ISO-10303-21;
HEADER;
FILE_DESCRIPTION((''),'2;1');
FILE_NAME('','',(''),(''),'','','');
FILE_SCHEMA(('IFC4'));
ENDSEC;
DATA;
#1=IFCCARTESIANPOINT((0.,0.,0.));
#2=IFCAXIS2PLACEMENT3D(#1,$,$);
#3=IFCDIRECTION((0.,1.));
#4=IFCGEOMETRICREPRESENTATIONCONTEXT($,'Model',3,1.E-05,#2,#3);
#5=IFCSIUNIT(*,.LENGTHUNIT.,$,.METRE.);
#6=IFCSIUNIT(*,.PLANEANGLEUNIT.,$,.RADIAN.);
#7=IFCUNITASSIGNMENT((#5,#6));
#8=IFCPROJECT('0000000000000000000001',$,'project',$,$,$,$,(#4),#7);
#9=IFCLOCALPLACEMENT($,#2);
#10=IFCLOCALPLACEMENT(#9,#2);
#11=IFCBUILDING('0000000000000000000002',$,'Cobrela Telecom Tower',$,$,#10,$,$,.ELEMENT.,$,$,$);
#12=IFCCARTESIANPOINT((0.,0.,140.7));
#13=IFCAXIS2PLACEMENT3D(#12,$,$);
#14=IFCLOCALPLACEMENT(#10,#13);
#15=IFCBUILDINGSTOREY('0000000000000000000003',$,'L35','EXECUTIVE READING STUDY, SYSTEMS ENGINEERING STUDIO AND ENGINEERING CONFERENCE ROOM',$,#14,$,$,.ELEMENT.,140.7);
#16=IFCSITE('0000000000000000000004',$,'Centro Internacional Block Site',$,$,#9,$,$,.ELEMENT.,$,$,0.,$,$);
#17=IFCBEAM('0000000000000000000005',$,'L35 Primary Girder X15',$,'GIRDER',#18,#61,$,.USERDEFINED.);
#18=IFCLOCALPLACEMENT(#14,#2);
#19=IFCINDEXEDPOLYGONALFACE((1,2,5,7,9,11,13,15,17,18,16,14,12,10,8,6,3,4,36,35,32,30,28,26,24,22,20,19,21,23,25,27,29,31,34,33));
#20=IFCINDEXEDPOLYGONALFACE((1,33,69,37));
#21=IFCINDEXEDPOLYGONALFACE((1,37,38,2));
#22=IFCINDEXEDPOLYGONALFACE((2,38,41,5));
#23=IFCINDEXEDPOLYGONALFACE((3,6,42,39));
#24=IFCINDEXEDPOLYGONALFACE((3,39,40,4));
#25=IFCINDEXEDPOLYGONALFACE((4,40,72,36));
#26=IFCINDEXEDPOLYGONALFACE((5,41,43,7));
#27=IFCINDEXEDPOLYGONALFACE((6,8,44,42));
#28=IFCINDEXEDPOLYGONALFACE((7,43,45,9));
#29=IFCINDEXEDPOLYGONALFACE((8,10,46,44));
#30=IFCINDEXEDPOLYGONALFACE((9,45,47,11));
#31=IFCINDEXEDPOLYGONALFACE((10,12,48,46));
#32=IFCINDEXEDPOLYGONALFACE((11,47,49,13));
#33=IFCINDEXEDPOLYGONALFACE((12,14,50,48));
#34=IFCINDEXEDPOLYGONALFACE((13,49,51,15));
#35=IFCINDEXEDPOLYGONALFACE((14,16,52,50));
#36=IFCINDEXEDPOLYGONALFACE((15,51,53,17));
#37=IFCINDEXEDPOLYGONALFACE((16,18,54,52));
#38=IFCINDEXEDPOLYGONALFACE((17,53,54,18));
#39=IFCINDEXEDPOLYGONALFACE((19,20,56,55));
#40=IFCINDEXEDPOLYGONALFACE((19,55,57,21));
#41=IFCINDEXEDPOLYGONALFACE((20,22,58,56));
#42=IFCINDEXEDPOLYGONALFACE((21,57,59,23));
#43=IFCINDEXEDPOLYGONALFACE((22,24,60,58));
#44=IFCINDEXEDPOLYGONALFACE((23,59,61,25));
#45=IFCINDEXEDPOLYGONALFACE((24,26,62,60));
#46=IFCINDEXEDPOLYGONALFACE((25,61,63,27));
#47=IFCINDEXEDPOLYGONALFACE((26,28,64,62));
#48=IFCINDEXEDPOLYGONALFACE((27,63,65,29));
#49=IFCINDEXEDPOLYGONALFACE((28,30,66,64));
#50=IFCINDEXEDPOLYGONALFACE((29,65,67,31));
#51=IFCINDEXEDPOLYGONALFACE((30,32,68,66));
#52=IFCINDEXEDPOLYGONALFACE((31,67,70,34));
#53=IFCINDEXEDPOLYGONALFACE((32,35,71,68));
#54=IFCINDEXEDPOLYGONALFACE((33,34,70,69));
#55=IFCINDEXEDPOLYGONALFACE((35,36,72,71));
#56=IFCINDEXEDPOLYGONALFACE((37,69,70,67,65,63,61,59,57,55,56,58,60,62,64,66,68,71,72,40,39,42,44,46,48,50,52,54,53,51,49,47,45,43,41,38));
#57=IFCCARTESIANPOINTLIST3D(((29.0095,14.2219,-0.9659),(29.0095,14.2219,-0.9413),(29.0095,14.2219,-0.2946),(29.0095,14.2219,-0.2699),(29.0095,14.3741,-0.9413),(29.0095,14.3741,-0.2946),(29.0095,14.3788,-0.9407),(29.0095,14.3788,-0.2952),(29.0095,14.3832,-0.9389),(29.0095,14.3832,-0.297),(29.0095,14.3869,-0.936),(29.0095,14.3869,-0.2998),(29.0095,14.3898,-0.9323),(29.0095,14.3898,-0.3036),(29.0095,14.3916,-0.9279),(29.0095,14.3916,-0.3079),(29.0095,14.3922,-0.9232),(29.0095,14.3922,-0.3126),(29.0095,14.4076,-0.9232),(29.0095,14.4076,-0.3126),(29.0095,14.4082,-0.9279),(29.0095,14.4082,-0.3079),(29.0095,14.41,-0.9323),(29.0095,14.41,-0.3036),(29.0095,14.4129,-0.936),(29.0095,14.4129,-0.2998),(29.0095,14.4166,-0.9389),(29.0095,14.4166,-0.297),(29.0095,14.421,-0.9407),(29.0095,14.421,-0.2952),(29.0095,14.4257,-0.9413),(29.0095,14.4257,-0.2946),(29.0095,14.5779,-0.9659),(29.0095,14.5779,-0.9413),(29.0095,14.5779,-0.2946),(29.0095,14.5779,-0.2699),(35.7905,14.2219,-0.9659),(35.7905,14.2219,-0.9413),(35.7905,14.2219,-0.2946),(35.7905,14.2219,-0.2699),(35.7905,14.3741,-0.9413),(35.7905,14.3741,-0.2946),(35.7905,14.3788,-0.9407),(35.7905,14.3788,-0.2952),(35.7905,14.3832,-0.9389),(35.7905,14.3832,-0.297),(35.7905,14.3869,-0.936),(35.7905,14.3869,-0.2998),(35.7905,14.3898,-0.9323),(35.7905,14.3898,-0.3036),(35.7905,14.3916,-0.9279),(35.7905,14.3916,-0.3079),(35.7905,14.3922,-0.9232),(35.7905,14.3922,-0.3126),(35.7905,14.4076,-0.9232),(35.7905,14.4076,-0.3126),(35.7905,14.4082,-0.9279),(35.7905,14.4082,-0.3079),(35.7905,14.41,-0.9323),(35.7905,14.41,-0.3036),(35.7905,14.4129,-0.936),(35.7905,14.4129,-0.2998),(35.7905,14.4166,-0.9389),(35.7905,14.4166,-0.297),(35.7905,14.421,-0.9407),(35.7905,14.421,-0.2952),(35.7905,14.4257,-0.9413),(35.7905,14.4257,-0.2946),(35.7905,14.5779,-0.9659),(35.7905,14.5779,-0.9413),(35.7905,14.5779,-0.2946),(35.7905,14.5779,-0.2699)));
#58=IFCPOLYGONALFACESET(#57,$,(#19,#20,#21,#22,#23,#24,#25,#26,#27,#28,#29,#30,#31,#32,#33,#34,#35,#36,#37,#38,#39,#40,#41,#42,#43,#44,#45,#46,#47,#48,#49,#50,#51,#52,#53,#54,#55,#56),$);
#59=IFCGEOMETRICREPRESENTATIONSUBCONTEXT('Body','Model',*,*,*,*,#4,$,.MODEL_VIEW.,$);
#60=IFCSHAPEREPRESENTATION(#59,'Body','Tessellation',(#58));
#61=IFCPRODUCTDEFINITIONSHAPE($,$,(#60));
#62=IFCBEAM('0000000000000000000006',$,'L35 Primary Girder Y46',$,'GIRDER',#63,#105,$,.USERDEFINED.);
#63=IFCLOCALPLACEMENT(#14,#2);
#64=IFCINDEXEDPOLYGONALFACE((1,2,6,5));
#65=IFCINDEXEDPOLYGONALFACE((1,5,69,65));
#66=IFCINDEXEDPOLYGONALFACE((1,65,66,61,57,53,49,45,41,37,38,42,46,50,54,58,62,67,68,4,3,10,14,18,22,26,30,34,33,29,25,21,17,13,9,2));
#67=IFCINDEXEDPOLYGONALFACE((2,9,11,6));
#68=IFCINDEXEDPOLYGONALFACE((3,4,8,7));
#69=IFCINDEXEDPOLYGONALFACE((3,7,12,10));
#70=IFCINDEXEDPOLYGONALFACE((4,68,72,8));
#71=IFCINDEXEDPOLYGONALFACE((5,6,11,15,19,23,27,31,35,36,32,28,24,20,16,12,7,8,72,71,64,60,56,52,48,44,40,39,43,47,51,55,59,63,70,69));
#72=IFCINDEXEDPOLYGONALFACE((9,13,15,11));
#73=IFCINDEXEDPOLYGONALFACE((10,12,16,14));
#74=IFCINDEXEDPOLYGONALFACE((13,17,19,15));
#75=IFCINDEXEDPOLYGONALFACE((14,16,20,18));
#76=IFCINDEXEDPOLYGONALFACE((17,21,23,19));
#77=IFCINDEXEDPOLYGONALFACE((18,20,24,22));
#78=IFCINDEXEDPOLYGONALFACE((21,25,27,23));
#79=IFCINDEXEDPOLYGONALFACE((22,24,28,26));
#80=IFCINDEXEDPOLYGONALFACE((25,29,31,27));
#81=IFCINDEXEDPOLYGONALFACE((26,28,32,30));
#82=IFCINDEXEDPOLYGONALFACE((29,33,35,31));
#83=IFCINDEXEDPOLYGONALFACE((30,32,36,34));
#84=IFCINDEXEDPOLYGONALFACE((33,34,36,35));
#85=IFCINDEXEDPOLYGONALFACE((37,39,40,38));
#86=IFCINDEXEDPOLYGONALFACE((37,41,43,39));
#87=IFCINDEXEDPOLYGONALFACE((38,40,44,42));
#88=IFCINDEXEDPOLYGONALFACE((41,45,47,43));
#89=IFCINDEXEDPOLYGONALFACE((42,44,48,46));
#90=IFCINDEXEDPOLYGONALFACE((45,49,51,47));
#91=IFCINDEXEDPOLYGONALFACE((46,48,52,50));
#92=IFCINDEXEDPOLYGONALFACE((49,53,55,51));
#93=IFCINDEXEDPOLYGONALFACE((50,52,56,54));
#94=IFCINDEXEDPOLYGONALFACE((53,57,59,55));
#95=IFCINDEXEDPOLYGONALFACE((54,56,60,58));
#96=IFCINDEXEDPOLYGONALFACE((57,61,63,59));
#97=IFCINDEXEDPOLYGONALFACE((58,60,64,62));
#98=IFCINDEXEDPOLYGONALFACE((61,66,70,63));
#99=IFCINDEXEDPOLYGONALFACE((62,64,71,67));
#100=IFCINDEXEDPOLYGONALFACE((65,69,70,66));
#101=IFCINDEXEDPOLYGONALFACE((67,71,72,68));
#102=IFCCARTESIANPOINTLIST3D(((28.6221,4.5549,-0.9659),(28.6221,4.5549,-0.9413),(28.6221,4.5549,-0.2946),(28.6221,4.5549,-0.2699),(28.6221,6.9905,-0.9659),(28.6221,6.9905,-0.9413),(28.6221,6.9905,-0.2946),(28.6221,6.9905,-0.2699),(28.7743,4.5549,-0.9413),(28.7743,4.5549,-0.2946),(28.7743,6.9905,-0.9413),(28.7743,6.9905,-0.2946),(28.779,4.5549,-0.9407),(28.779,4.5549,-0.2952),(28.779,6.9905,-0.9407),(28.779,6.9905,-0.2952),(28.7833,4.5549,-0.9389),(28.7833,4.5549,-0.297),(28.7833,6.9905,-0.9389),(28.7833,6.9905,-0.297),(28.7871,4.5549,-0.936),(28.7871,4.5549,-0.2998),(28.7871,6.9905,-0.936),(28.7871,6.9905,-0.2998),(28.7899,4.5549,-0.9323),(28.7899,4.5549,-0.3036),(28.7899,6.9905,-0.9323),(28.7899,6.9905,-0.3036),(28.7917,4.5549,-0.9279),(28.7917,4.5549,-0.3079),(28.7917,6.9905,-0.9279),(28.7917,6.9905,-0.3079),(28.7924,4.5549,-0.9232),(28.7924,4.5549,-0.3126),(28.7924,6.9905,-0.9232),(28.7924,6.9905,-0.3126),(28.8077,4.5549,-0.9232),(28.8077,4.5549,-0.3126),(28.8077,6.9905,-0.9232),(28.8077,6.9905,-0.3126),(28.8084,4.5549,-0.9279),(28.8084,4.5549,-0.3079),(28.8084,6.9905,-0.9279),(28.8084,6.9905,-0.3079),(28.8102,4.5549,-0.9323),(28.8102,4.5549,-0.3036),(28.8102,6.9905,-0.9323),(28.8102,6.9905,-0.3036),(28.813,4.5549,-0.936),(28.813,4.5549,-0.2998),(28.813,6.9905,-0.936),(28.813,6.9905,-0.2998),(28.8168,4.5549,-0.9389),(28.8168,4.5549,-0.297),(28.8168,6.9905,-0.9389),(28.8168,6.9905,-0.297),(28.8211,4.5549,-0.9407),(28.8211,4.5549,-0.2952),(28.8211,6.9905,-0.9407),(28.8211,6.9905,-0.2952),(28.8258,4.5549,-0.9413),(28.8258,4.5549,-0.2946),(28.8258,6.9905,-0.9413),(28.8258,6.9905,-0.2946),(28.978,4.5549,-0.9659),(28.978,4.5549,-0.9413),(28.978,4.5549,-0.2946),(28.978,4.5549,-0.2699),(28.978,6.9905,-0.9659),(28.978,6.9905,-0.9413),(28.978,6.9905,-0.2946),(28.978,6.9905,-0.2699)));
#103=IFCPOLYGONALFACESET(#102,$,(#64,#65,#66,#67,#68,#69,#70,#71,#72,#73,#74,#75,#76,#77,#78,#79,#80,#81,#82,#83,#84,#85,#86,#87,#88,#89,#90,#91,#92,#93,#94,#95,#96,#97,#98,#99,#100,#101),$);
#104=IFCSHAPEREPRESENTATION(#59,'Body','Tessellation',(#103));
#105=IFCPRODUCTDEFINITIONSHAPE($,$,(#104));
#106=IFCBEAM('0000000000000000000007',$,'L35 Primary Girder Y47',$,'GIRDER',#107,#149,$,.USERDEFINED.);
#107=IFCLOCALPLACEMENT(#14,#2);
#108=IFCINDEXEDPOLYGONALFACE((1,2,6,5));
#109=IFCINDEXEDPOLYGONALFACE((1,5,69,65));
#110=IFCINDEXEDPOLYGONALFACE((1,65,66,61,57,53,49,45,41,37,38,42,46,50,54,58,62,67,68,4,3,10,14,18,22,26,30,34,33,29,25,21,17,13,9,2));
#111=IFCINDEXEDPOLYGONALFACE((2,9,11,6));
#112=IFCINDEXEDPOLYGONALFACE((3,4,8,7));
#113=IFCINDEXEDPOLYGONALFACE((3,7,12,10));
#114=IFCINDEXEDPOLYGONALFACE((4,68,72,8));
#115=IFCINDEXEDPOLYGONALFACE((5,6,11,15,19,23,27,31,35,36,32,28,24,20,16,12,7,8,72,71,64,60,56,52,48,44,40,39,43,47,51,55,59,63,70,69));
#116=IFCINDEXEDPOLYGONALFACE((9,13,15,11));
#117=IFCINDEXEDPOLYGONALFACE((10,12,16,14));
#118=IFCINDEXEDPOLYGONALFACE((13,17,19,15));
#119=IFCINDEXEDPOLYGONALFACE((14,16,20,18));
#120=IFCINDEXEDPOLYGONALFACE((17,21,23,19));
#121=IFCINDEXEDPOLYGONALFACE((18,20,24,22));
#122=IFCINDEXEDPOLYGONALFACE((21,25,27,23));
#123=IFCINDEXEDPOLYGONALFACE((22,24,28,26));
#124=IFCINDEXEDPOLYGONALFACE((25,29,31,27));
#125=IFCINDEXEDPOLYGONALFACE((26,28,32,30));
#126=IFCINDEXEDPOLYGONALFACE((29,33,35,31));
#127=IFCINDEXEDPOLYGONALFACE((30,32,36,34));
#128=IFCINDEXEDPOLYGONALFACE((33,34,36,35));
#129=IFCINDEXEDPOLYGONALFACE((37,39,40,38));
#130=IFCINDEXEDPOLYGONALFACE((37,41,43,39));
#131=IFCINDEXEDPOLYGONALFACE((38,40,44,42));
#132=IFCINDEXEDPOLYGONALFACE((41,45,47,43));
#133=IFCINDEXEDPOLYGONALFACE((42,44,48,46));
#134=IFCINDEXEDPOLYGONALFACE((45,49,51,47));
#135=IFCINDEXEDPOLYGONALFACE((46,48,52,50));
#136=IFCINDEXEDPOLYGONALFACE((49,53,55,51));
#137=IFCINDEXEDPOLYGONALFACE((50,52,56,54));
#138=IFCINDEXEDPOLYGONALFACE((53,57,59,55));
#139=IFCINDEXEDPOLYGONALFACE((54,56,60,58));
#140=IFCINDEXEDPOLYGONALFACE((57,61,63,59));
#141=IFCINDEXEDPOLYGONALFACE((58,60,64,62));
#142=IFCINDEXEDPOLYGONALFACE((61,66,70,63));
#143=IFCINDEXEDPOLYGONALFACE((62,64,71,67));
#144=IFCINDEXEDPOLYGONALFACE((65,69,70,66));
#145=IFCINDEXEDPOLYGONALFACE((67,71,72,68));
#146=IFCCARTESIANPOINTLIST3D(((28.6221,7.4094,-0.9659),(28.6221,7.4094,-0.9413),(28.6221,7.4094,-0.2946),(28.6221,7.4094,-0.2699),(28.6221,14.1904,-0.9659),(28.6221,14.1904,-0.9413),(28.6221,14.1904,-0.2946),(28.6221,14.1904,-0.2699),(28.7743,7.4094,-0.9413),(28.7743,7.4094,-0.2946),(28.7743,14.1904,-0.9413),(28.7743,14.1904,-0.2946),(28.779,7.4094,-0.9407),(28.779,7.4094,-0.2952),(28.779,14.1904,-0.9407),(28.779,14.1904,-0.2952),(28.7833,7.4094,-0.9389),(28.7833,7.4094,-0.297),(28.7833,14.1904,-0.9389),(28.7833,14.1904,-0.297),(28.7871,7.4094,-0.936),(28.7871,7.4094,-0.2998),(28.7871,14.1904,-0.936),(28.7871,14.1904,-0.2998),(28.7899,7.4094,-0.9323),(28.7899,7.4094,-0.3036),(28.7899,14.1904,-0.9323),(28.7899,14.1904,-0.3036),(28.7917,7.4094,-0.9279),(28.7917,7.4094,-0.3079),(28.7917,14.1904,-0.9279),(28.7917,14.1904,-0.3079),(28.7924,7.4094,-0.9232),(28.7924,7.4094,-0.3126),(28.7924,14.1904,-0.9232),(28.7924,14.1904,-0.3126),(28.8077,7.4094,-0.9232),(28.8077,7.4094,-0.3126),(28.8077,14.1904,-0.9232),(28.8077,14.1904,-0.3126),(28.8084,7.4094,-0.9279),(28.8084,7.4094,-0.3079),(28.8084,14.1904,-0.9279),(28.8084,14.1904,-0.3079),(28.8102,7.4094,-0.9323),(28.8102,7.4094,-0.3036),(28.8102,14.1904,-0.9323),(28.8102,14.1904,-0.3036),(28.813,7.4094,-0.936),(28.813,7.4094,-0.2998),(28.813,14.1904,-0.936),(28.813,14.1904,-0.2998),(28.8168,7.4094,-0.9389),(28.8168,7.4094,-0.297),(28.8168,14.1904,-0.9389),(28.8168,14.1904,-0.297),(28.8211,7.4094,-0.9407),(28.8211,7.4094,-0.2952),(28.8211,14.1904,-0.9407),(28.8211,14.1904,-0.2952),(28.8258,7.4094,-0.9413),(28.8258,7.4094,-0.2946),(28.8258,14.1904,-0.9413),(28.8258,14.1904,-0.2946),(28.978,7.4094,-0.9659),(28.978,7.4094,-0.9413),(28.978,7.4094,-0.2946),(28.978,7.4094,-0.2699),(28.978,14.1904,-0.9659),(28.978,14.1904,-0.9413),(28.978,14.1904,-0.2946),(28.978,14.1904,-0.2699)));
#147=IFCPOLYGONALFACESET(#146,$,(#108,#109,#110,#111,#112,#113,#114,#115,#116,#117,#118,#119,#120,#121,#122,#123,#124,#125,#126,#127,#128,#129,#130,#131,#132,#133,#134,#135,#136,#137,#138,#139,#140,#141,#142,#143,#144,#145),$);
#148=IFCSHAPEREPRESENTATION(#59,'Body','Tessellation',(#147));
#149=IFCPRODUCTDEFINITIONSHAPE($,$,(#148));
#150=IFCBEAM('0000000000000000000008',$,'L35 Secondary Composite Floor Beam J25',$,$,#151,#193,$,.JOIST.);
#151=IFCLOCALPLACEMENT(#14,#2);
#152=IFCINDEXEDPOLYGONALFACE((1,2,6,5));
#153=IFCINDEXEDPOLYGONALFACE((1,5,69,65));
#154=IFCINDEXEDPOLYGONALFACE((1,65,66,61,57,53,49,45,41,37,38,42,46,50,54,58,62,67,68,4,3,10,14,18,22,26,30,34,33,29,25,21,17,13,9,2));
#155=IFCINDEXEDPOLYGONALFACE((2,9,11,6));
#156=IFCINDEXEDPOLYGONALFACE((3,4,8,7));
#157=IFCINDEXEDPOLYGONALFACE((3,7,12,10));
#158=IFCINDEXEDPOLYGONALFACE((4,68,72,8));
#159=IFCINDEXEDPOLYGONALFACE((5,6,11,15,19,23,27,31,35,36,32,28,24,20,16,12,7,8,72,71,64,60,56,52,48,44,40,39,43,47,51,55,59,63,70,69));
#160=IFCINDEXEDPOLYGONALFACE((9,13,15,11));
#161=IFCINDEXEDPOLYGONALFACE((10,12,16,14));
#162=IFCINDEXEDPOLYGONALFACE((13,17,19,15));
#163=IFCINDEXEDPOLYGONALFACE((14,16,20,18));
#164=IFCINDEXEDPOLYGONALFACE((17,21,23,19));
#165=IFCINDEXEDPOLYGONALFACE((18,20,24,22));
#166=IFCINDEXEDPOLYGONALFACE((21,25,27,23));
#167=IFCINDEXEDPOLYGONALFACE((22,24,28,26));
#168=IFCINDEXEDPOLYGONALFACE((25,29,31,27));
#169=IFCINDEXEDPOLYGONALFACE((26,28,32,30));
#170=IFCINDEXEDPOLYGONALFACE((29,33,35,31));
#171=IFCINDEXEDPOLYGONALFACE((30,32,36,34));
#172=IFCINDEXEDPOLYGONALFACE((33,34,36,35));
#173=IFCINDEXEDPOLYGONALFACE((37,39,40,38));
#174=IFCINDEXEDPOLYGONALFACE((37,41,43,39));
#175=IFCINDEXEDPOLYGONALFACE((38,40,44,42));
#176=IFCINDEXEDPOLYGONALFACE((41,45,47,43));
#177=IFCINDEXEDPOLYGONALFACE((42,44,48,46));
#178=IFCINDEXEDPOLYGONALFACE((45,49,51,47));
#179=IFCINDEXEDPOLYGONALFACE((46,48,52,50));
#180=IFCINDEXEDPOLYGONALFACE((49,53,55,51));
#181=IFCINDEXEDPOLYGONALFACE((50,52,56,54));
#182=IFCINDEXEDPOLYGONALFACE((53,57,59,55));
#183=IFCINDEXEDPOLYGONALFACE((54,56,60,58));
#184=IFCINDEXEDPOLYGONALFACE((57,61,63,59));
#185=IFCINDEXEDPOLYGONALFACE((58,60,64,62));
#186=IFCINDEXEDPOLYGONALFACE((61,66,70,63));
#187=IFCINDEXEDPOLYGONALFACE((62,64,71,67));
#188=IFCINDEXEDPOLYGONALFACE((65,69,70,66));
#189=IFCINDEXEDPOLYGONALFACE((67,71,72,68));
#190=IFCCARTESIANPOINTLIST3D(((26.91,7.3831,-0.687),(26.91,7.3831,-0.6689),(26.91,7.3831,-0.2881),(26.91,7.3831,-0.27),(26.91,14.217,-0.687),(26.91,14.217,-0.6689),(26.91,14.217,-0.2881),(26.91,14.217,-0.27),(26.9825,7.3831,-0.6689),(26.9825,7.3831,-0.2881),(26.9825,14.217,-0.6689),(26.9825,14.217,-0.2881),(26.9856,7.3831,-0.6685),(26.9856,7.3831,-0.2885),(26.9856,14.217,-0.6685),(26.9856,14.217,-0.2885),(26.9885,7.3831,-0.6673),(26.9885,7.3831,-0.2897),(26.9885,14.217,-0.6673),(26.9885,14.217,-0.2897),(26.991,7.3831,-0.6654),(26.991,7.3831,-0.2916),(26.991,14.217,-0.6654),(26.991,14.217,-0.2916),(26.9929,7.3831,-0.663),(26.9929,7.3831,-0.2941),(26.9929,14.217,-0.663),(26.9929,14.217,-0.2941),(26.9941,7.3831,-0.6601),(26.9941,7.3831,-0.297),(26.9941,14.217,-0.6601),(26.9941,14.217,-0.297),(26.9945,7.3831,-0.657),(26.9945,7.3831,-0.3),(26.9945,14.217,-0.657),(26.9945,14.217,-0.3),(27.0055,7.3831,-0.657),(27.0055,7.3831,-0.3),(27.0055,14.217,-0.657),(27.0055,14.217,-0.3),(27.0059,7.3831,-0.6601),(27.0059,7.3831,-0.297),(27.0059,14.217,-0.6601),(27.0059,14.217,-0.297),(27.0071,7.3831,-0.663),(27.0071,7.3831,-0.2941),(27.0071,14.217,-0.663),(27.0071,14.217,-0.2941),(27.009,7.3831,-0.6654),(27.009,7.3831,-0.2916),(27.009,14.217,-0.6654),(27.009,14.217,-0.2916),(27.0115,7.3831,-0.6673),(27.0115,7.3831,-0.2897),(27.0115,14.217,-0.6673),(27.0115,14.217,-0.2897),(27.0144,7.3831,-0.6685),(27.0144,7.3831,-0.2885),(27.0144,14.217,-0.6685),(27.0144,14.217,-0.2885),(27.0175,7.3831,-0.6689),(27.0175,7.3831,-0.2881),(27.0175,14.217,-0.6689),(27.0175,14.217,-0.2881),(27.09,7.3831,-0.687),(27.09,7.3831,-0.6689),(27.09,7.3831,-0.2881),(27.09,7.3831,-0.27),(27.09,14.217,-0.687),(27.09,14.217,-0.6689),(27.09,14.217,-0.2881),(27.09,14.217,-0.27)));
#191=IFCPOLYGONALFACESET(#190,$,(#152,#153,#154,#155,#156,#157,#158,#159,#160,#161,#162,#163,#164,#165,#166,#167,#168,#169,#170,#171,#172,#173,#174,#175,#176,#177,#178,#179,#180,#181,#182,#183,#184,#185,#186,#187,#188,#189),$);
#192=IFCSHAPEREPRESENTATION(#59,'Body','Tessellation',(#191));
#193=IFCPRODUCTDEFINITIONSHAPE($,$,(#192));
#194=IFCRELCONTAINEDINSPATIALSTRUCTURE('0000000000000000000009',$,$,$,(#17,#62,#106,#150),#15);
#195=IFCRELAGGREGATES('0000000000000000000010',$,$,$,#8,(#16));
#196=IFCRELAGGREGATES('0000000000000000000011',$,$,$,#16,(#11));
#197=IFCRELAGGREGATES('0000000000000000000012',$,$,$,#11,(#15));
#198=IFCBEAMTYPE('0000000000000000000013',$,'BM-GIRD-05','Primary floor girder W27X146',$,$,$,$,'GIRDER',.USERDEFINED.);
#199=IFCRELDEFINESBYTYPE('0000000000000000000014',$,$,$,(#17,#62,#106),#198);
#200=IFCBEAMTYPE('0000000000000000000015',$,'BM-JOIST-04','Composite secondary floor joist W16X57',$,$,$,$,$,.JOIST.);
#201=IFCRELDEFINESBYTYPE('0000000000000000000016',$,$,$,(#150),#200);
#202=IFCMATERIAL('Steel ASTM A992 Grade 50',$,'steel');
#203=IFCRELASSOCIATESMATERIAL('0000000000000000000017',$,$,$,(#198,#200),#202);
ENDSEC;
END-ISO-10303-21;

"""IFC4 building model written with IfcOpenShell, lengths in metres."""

from ifc_helpers import new_model, si_unit, direction, frame, origin, origin_2d, place, context, subcontext, project, spatial, i_section, extrude, material, material_profile, profile_set, type_object, element, save


model = new_model("IFC4")

# Units and contexts
model_context = context("Model", 3, precision=1e-05, world=origin(), true_north=direction((0.0, 1.0)))
body_context = subcontext(model_context, "Body", "Model", "MODEL_VIEW")
ifc_project = project(units=[si_unit("LENGTHUNIT", "METRE"), si_unit("PLANEANGLEUNIT", "RADIAN")], contexts=[model_context])

# Site, building, storey
site_placement = place(None, origin())
site = spatial("IfcSite", under=ifc_project, at=site_placement, Name="Centro Internacional Block Site", CompositionType="ELEMENT", RefElevation=0.0)
building_placement = place(site_placement, origin())
building = spatial("IfcBuilding", under=site, at=building_placement, Name="Cobrela Telecom Tower", CompositionType="ELEMENT")
storey_placement = place(building_placement, frame((0.0, 0.0, 140.7)))
storey = spatial("IfcBuildingStorey", under=building, at=storey_placement, Name="L35", Description="EXECUTIVE READING STUDY, SYSTEMS ENGINEERING STUDIO AND ENGINEERING CONFERENCE ROOM", CompositionType="ELEMENT", Elevation=140.7)

# Shared definitions
ifc_material_1 = material(Name="Steel ASTM A992 Grade 50", Category="steel")

# Beams
ifc_material_profile_1 = material_profile(ifc_material_1, i_section(OverallWidth=0.356, OverallDepth=0.696, WebThickness=0.0154, FlangeThickness=0.0247, FilletRadius=0.0181, at=origin_2d()), Name="W27X146")
ifc_profile_set_1 = profile_set([ifc_material_profile_1], Name="Steel ASTM A992 Grade 50")
beam_type_1 = type_object("IfcBeamType", Name="BM-GIRD-05", Description="Primary floor girder W27X146", ElementType="GIRDER", PredefinedType="USERDEFINED", material=ifc_profile_set_1)
for number, where, z_axis, x_axis, name in (
    (1, (29.0095, 14.3999, -0.6179), (1.0, 0.0, 0.0), (0.0, 1.0, 0.0), "L35 Primary Girder X15"),
):
    element("IfcBeam", number, at=place(storey_placement, frame(where, z_axis=z_axis, x_axis=x_axis)), inside=storey, type_object=beam_type_1, Name=name, ObjectType="GIRDER", PredefinedType="USERDEFINED", context=body_context, shape_type="SweptSolid", body=[
        extrude(i_section(OverallWidth=0.356, OverallDepth=0.696, WebThickness=0.0154, FlangeThickness=0.0247, FilletRadius=0.0181, at=origin_2d()), origin(), (0.0, 0.0, 1.0), 6.781),
    ])
beam_1_placement = place(storey_placement, frame((28.8, 4.5549, -0.6179), z_axis=(0.0, 1.0, 0.0), x_axis=(-1.0, 0.0, 0.0)))
element("IfcBeam", 2, at=beam_1_placement, inside=storey, type_object=beam_type_1, Name="L35 Primary Girder Y46", ObjectType="GIRDER", PredefinedType="USERDEFINED", context=body_context, shape_type="SweptSolid", body=[
    extrude(i_section(OverallWidth=0.356, OverallDepth=0.696, WebThickness=0.0154, FlangeThickness=0.0247, FilletRadius=0.0181, at=origin_2d()), origin(), (0.0, 0.0, 1.0), 2.4355),
])
beam_2_placement = place(storey_placement, frame((28.8, 7.4094, -0.6179), z_axis=(0.0, 1.0, 0.0), x_axis=(-1.0, 0.0, 0.0)))
element("IfcBeam", 3, at=beam_2_placement, inside=storey, type_object=beam_type_1, Name="L35 Primary Girder Y47", ObjectType="GIRDER", PredefinedType="USERDEFINED", context=body_context, shape_type="SweptSolid", body=[
    extrude(i_section(OverallWidth=0.356, OverallDepth=0.696, WebThickness=0.0154, FlangeThickness=0.0247, FilletRadius=0.0181, at=origin_2d()), origin(), (0.0, 0.0, 1.0), 6.781),
])
ifc_material_profile_2 = material_profile(ifc_material_1, i_section(OverallWidth=0.1799, OverallDepth=0.417, WebThickness=0.011, FlangeThickness=0.0181, FilletRadius=0.012, at=origin_2d()), Name="W16X57")
ifc_profile_set_2 = profile_set([ifc_material_profile_2], Name="Steel ASTM A992 Grade 50")
beam_type_2 = type_object("IfcBeamType", Name="BM-JOIST-04", Description="Composite secondary floor joist W16X57", PredefinedType="JOIST", material=ifc_profile_set_2)
for number, where, z_axis, x_axis, name in (
    (4, (27.0, 7.3831, -0.4785), (0.0, 1.0, 0.0), (-1.0, 0.0, 0.0), "L35 Secondary Composite Floor Beam J25"),
):
    element("IfcBeam", number, at=place(storey_placement, frame(where, z_axis=z_axis, x_axis=x_axis)), inside=storey, type_object=beam_type_2, Name=name, PredefinedType="JOIST", context=body_context, shape_type="SweptSolid", body=[
        extrude(i_section(OverallWidth=0.1799, OverallDepth=0.417, WebThickness=0.011, FlangeThickness=0.0181, FilletRadius=0.012, at=origin_2d()), origin(), (0.0, 0.0, 1.0), 6.834),
    ])

save(model, "model.ifc")
